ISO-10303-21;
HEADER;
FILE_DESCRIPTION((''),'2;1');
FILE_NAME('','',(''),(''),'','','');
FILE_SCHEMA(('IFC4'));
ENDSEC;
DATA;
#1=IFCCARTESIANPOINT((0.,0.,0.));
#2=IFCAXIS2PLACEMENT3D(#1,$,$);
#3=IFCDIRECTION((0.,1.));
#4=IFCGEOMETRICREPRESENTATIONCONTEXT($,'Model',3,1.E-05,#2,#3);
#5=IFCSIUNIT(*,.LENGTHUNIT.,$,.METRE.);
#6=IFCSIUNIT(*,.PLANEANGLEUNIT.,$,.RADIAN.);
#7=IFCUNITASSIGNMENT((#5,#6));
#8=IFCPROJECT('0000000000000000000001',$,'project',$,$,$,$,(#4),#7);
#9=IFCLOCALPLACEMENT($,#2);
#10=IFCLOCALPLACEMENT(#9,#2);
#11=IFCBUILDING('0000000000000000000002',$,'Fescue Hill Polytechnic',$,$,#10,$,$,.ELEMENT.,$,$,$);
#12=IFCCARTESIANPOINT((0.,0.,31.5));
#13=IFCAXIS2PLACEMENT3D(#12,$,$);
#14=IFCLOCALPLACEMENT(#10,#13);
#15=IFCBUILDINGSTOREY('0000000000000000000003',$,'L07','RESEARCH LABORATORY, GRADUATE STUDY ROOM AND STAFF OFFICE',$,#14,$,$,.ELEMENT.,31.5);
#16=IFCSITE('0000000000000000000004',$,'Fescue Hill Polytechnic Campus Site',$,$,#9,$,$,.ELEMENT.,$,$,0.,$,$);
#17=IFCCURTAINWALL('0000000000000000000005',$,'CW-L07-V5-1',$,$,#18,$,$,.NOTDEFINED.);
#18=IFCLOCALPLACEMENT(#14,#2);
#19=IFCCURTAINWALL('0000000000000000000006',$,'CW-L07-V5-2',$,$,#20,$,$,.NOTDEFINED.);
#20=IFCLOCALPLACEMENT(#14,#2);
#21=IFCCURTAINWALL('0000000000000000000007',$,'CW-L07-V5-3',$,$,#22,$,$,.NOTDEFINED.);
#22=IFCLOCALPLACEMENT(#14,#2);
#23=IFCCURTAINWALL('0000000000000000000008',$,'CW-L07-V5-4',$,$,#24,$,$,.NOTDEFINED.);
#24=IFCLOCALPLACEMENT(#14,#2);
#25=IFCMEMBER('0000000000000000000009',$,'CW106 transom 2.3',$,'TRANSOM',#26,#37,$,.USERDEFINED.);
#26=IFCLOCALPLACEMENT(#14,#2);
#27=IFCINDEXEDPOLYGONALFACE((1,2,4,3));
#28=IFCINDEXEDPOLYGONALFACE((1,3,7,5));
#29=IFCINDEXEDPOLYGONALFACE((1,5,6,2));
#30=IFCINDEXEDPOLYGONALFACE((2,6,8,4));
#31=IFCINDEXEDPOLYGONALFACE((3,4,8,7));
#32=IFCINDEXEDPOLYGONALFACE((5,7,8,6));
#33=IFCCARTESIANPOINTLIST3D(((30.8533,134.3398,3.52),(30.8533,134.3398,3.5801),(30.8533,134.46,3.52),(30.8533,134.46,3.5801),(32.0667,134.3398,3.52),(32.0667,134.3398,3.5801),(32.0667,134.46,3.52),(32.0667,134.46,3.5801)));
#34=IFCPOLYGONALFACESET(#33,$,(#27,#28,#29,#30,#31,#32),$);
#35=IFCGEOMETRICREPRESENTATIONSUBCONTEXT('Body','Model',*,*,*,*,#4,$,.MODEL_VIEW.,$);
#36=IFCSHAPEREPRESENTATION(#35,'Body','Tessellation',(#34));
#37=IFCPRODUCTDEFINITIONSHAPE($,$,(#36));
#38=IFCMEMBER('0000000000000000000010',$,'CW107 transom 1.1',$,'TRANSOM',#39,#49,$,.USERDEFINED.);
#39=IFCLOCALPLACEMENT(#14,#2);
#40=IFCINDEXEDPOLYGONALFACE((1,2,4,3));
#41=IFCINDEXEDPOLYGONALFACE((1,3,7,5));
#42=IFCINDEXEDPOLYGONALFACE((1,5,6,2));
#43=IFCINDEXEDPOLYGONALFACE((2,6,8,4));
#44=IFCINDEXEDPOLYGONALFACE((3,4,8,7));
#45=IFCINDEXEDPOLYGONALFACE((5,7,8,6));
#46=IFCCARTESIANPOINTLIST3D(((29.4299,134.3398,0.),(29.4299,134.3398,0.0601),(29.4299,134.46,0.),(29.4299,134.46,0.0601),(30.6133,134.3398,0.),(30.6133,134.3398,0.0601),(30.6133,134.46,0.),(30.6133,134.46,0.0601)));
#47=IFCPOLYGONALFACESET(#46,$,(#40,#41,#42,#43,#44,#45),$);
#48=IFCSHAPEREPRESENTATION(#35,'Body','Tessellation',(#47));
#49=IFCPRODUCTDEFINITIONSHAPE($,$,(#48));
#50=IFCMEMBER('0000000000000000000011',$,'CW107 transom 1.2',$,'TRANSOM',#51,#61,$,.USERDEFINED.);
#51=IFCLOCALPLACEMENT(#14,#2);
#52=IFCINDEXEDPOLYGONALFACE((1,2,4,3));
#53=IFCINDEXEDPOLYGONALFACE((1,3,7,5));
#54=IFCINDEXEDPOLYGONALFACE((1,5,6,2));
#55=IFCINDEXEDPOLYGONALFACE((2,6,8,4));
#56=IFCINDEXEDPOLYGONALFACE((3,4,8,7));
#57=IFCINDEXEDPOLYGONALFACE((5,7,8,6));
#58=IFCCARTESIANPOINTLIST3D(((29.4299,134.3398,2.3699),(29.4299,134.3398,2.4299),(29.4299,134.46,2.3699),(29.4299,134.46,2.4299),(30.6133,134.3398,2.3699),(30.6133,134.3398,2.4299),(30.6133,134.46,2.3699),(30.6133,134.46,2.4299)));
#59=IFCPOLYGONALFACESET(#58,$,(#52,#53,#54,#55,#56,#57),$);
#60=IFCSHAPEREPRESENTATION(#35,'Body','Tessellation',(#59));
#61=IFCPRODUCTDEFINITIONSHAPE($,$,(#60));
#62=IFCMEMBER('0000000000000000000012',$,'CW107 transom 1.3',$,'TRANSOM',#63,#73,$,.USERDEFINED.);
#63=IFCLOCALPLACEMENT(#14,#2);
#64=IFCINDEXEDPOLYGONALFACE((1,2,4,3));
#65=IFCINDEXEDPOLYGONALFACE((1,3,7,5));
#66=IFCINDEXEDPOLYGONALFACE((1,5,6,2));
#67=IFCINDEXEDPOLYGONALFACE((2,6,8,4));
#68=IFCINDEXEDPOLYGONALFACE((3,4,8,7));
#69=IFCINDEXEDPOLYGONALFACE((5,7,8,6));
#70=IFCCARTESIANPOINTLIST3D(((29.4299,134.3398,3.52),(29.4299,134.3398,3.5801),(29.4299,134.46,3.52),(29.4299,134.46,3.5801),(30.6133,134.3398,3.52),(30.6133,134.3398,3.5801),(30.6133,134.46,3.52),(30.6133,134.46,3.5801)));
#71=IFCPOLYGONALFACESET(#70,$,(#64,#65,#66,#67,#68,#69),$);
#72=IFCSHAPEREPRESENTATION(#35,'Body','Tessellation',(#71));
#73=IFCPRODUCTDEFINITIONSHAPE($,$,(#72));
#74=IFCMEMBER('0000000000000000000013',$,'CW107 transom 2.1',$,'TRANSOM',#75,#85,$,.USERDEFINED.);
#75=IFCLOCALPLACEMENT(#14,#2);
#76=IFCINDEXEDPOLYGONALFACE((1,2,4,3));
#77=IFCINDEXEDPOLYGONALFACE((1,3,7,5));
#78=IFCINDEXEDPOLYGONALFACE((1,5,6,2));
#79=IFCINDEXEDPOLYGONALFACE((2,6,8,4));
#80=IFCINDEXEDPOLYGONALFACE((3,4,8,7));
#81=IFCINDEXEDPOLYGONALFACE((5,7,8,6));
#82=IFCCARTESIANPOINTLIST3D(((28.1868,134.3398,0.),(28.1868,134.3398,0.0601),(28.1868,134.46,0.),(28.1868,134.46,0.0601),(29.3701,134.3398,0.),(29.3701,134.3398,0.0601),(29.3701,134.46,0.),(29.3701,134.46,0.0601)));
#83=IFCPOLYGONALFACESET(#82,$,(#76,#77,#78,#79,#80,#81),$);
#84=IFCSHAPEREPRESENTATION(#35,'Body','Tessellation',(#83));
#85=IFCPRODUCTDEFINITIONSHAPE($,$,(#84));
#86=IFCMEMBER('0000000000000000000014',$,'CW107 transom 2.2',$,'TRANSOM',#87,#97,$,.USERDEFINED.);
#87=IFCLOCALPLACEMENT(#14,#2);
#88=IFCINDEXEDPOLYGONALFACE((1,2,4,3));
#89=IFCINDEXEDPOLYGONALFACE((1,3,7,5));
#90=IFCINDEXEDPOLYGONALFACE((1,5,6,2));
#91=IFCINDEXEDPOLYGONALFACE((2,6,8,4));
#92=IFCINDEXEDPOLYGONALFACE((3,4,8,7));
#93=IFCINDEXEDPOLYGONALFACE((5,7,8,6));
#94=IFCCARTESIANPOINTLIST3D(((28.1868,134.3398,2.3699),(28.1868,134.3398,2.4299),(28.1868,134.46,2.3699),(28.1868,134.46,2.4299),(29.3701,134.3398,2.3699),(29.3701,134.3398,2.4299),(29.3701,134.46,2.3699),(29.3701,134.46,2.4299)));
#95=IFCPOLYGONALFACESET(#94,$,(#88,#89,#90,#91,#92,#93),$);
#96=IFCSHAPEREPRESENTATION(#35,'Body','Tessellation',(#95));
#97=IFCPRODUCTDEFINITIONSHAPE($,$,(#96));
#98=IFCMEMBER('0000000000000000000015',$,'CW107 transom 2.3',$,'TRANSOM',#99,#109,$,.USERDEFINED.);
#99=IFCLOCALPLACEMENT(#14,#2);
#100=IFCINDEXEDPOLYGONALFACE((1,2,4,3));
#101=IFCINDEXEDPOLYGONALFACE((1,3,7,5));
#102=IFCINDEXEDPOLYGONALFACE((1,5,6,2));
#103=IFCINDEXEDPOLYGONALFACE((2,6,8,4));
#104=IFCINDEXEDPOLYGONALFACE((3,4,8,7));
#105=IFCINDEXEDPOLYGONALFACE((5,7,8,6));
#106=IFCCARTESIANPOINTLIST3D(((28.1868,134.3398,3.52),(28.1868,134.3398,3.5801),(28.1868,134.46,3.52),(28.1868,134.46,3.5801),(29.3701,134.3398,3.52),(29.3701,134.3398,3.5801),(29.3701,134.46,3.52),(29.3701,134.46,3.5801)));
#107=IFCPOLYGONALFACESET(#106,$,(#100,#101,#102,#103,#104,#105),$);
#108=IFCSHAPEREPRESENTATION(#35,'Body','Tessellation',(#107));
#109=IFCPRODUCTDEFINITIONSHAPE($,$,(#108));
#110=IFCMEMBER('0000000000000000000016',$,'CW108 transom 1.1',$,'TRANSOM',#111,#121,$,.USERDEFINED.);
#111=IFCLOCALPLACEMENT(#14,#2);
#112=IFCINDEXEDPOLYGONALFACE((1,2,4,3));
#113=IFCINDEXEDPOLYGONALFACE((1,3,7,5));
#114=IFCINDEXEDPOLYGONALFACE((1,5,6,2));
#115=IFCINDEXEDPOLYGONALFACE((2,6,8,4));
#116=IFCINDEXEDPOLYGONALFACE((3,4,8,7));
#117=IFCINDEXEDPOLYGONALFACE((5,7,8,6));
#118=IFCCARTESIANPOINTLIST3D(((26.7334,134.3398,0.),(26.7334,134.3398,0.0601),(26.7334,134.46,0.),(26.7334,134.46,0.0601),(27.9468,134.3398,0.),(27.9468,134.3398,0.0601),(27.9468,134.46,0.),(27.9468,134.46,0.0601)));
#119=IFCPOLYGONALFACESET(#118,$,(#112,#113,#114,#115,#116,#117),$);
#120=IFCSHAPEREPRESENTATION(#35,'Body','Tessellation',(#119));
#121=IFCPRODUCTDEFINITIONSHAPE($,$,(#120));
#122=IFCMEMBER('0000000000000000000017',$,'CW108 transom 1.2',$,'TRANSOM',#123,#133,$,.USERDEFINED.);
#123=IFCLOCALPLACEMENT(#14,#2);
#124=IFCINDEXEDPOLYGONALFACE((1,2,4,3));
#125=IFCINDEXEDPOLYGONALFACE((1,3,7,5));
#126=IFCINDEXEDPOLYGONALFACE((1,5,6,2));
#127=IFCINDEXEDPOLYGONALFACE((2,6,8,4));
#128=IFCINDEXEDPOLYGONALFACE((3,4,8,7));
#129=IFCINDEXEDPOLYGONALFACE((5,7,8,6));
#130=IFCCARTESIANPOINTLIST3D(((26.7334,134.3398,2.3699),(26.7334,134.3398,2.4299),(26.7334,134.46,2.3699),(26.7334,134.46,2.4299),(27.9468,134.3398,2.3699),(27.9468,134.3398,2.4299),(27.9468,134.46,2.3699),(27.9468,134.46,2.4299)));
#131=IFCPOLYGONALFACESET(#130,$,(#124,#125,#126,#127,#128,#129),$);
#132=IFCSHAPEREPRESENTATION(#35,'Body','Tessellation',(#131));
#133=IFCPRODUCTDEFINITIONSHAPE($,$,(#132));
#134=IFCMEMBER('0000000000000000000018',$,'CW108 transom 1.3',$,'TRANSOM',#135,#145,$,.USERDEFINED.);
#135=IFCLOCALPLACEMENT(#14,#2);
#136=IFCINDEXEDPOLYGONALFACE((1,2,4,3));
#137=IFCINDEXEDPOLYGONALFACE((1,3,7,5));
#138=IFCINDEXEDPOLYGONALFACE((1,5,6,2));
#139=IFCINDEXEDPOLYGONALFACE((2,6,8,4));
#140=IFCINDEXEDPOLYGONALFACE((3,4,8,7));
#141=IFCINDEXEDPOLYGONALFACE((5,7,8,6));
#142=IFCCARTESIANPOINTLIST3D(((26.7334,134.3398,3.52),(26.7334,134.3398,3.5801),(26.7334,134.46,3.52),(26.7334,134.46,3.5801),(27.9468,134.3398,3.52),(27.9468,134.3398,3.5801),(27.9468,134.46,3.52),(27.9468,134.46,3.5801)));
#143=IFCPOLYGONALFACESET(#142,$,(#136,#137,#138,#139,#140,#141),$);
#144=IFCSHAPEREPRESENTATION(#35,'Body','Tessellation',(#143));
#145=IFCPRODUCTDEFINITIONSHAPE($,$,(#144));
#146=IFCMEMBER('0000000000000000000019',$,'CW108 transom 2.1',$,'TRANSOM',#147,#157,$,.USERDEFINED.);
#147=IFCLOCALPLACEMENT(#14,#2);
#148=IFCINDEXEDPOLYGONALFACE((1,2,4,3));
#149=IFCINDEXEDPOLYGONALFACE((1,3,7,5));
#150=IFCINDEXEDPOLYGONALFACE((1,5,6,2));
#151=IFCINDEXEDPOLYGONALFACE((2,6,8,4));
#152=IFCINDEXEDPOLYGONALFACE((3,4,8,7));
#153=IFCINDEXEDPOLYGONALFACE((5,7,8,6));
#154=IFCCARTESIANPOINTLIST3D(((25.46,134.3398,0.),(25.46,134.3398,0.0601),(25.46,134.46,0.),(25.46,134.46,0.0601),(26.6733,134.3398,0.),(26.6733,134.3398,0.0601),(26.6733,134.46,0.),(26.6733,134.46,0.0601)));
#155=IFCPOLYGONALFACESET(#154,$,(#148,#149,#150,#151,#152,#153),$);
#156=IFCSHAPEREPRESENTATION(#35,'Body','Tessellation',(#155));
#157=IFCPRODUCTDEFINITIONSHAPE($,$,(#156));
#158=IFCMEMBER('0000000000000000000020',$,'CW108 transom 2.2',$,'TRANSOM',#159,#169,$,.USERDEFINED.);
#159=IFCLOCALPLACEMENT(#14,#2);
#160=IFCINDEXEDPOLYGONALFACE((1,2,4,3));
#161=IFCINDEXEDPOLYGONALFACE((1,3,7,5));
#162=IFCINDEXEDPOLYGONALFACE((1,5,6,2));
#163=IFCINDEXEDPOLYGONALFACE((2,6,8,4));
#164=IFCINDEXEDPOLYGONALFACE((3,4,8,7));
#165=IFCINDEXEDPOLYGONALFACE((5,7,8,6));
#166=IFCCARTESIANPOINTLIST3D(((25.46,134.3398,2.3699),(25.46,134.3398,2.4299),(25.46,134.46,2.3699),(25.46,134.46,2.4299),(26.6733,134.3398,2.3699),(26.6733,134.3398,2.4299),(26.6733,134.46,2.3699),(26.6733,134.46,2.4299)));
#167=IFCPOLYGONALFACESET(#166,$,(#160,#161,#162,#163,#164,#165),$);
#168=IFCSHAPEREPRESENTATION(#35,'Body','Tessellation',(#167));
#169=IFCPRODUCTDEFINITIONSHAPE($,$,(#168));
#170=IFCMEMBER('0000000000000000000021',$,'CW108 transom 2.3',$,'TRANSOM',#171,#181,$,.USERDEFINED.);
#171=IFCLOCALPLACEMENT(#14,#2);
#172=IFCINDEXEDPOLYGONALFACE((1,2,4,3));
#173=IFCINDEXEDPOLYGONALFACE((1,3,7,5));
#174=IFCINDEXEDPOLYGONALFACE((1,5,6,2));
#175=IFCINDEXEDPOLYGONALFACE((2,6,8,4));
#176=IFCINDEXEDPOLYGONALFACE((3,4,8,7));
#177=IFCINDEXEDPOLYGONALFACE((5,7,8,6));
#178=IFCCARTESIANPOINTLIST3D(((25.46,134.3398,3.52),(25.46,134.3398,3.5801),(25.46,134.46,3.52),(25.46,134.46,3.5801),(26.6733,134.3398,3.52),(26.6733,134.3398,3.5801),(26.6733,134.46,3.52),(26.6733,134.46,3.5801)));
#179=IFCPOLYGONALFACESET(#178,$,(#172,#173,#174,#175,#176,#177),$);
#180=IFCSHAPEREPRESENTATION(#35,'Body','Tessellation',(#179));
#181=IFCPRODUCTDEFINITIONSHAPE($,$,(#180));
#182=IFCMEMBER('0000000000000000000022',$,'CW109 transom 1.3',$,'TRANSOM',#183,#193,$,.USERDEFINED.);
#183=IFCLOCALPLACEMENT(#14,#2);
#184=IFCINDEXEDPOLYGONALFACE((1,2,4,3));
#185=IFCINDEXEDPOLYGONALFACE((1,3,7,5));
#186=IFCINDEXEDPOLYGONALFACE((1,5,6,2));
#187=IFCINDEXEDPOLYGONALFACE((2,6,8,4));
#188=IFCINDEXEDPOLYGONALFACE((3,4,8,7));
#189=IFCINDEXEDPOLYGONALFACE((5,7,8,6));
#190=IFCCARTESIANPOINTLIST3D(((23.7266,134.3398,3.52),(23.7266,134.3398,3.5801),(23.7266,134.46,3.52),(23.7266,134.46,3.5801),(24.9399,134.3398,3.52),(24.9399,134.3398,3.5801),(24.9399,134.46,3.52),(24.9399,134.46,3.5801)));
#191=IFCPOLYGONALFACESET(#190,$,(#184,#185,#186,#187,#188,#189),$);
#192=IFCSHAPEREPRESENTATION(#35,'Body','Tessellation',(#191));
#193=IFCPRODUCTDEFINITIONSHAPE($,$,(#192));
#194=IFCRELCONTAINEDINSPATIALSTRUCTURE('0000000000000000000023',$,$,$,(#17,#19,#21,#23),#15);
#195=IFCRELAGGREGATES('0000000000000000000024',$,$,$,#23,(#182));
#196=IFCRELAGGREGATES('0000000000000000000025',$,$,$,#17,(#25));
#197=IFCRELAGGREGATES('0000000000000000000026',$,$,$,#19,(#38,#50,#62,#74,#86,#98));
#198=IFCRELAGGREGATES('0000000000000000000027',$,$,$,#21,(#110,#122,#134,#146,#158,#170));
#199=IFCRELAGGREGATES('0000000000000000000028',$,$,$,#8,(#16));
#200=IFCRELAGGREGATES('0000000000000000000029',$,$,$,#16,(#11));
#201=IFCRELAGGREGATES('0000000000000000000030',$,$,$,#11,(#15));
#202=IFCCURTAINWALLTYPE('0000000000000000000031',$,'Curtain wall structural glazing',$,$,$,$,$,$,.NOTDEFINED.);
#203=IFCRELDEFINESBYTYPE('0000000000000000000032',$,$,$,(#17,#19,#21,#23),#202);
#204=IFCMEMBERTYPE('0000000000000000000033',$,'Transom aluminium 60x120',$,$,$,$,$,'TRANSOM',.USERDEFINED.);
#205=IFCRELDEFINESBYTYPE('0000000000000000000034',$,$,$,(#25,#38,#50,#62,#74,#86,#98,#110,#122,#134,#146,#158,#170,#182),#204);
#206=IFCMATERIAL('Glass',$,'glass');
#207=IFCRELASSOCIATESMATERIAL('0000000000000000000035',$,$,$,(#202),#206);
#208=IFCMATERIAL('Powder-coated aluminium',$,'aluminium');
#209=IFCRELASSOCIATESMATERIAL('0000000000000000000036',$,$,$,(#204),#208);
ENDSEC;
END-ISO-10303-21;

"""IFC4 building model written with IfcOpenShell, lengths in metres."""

from ifc_helpers import new_model, si_unit, direction, frame, origin, origin_2d, place, context, subcontext, project, spatial, rectangle, extrude, material, material_profile, profile_set, type_object, element, aggregate, save


model = new_model("IFC4")

# Units and contexts
model_context = context("Model", 3, precision=1e-05, world=origin(), true_north=direction((0.0, 1.0)))
body_context = subcontext(model_context, "Body", "Model", "MODEL_VIEW")
ifc_project = project(units=[si_unit("LENGTHUNIT", "METRE"), si_unit("PLANEANGLEUNIT", "RADIAN")], contexts=[model_context])

# Site, building, storey
site_placement = place(None, origin())
site = spatial("IfcSite", under=ifc_project, at=site_placement, Name="Fescue Hill Polytechnic Campus Site", CompositionType="ELEMENT", RefElevation=0.0)
building_placement = place(site_placement, origin())
building = spatial("IfcBuilding", under=site, at=building_placement, Name="Fescue Hill Polytechnic", CompositionType="ELEMENT")
storey_placement = place(building_placement, frame((0.0, 0.0, 31.5)))
storey = spatial("IfcBuildingStorey", under=building, at=storey_placement, Name="L07", Description="RESEARCH LABORATORY, GRADUATE STUDY ROOM AND STAFF OFFICE", CompositionType="ELEMENT", Elevation=31.5)

# Curtain walls
ifc_material_1 = material(Name="Glass", Category="glass")
curtain_wall_type = type_object("IfcCurtainWallType", Name="Curtain wall structural glazing", PredefinedType="NOTDEFINED", material=ifc_material_1)
curtain_wall_1_placement = place(storey_placement, origin())
curtain_wall_1 = element("IfcCurtainWall", 1, at=curtain_wall_1_placement, inside=storey, type_object=curtain_wall_type, Name="CW-L07-V5-1", PredefinedType="NOTDEFINED")
ifc_material_2 = material(Name="Powder-coated aluminium", Category="aluminium")
curtain_wall_2_placement = place(storey_placement, origin())
curtain_wall_2 = element("IfcCurtainWall", 2, at=curtain_wall_2_placement, inside=storey, type_object=curtain_wall_type, Name="CW-L07-V5-2", PredefinedType="NOTDEFINED")
curtain_wall_3_placement = place(storey_placement, origin())
curtain_wall_3 = element("IfcCurtainWall", 3, at=curtain_wall_3_placement, inside=storey, type_object=curtain_wall_type, Name="CW-L07-V5-3", PredefinedType="NOTDEFINED")

# Curtain wall
curtain_wall_4_placement = place(storey_placement, origin())
curtain_wall_4 = element("IfcCurtainWall", 4, at=curtain_wall_4_placement, inside=storey, type_object=curtain_wall_type, Name="CW-L07-V5-4", PredefinedType="NOTDEFINED")

# Members
ifc_material_profile_1 = material_profile(ifc_material_2, rectangle(XDim=0.1201, YDim=0.0601, at=origin_2d()), Name="Transom aluminium 60x120")
ifc_profile_set_1 = profile_set([ifc_material_profile_1], Name="Powder-coated aluminium")
member_type_1 = type_object("IfcMemberType", Name="Transom aluminium 60x120", ElementType="TRANSOM", PredefinedType="USERDEFINED", material=ifc_profile_set_1)
member_1_placement = place(storey_placement, frame((32.0667, 134.3999, 3.55), z_axis=(-1.0, 0.0, 0.0), x_axis=(0.0, -1.0, 0.0)))
member_1 = element("IfcMember", 5, at=member_1_placement, type_object=member_type_1, Name="CW106 transom 2.3", ObjectType="TRANSOM", PredefinedType="USERDEFINED", context=body_context, shape_type="SweptSolid", body=[
    extrude(rectangle(XDim=0.1201, YDim=0.0601, at=origin_2d()), origin(), (0.0, 0.0, 1.0), 1.2134),
])
member_2_placement = place(storey_placement, frame((30.6133, 134.3999, 0.03), z_axis=(-1.0, 0.0, 0.0), x_axis=(0.0, -1.0, 0.0)))
member_2 = element("IfcMember", 6, at=member_2_placement, type_object=member_type_1, Name="CW107 transom 1.1", ObjectType="TRANSOM", PredefinedType="USERDEFINED", context=body_context, shape_type="SweptSolid", body=[
    extrude(rectangle(XDim=0.1201, YDim=0.0601, at=origin_2d()), origin(), (0.0, 0.0, 1.0), 1.1833),
])
member_3_placement = place(storey_placement, frame((30.6133, 134.3999, 2.3999), z_axis=(-1.0, 0.0, 0.0), x_axis=(0.0, -1.0, 0.0)))
member_3 = element("IfcMember", 7, at=member_3_placement, type_object=member_type_1, Name="CW107 transom 1.2", ObjectType="TRANSOM", PredefinedType="USERDEFINED", context=body_context, shape_type="SweptSolid", body=[
    extrude(rectangle(XDim=0.1201, YDim=0.0601, at=origin_2d()), origin(), (0.0, 0.0, 1.0), 1.1833),
])
member_4_placement = place(storey_placement, frame((30.6133, 134.3999, 3.55), z_axis=(-1.0, 0.0, 0.0), x_axis=(0.0, -1.0, 0.0)))
member_4 = element("IfcMember", 8, at=member_4_placement, type_object=member_type_1, Name="CW107 transom 1.3", ObjectType="TRANSOM", PredefinedType="USERDEFINED", context=body_context, shape_type="SweptSolid", body=[
    extrude(rectangle(XDim=0.1201, YDim=0.0601, at=origin_2d()), origin(), (0.0, 0.0, 1.0), 1.1833),
])
member_5_placement = place(storey_placement, frame((29.3701, 134.3999, 0.03), z_axis=(-1.0, 0.0, 0.0), x_axis=(0.0, -1.0, 0.0)))
member_5 = element("IfcMember", 9, at=member_5_placement, type_object=member_type_1, Name="CW107 transom 2.1", ObjectType="TRANSOM", PredefinedType="USERDEFINED", context=body_context, shape_type="SweptSolid", body=[
    extrude(rectangle(XDim=0.1201, YDim=0.0601, at=origin_2d()), origin(), (0.0, 0.0, 1.0), 1.1833),
])
member_6_placement = place(storey_placement, frame((29.3701, 134.3999, 2.3999), z_axis=(-1.0, 0.0, 0.0), x_axis=(0.0, -1.0, 0.0)))
member_6 = element("IfcMember", 10, at=member_6_placement, type_object=member_type_1, Name="CW107 transom 2.2", ObjectType="TRANSOM", PredefinedType="USERDEFINED", context=body_context, shape_type="SweptSolid", body=[
    extrude(rectangle(XDim=0.1201, YDim=0.0601, at=origin_2d()), origin(), (0.0, 0.0, 1.0), 1.1833),
])
member_7_placement = place(storey_placement, frame((29.3701, 134.3999, 3.55), z_axis=(-1.0, 0.0, 0.0), x_axis=(0.0, -1.0, 0.0)))
member_7 = element("IfcMember", 11, at=member_7_placement, type_object=member_type_1, Name="CW107 transom 2.3", ObjectType="TRANSOM", PredefinedType="USERDEFINED", context=body_context, shape_type="SweptSolid", body=[
    extrude(rectangle(XDim=0.1201, YDim=0.0601, at=origin_2d()), origin(), (0.0, 0.0, 1.0), 1.1833),
])
member_8_placement = place(storey_placement, frame((27.9468, 134.3999, 0.03), z_axis=(-1.0, 0.0, 0.0), x_axis=(0.0, -1.0, 0.0)))
member_8 = element("IfcMember", 12, at=member_8_placement, type_object=member_type_1, Name="CW108 transom 1.1", ObjectType="TRANSOM", PredefinedType="USERDEFINED", context=body_context, shape_type="SweptSolid", body=[
    extrude(rectangle(XDim=0.1201, YDim=0.0601, at=origin_2d()), origin(), (0.0, 0.0, 1.0), 1.2134),
])
member_9_placement = place(storey_placement, frame((27.9468, 134.3999, 2.3999), z_axis=(-1.0, 0.0, 0.0), x_axis=(0.0, -1.0, 0.0)))
member_9 = element("IfcMember", 13, at=member_9_placement, type_object=member_type_1, Name="CW108 transom 1.2", ObjectType="TRANSOM", PredefinedType="USERDEFINED", context=body_context, shape_type="SweptSolid", body=[
    extrude(rectangle(XDim=0.1201, YDim=0.0601, at=origin_2d()), origin(), (0.0, 0.0, 1.0), 1.2134),
])
member_10_placement = place(storey_placement, frame((27.9468, 134.3999, 3.55), z_axis=(-1.0, 0.0, 0.0), x_axis=(0.0, -1.0, 0.0)))
member_10 = element("IfcMember", 14, at=member_10_placement, type_object=member_type_1, Name="CW108 transom 1.3", ObjectType="TRANSOM", PredefinedType="USERDEFINED", context=body_context, shape_type="SweptSolid", body=[
    extrude(rectangle(XDim=0.1201, YDim=0.0601, at=origin_2d()), origin(), (0.0, 0.0, 1.0), 1.2134),
])
member_11_placement = place(storey_placement, frame((26.6733, 134.3999, 0.03), z_axis=(-1.0, 0.0, 0.0), x_axis=(0.0, -1.0, 0.0)))
member_11 = element("IfcMember", 15, at=member_11_placement, type_object=member_type_1, Name="CW108 transom 2.1", ObjectType="TRANSOM", PredefinedType="USERDEFINED", context=body_context, shape_type="SweptSolid", body=[
    extrude(rectangle(XDim=0.1201, YDim=0.0601, at=origin_2d()), origin(), (0.0, 0.0, 1.0), 1.2134),
])
member_12_placement = place(storey_placement, frame((26.6733, 134.3999, 2.3999), z_axis=(-1.0, 0.0, 0.0), x_axis=(0.0, -1.0, 0.0)))
member_12 = element("IfcMember", 16, at=member_12_placement, type_object=member_type_1, Name="CW108 transom 2.2", ObjectType="TRANSOM", PredefinedType="USERDEFINED", context=body_context, shape_type="SweptSolid", body=[
    extrude(rectangle(XDim=0.1201, YDim=0.0601, at=origin_2d()), origin(), (0.0, 0.0, 1.0), 1.2134),
])
member_13_placement = place(storey_placement, frame((26.6733, 134.3999, 3.55), z_axis=(-1.0, 0.0, 0.0), x_axis=(0.0, -1.0, 0.0)))
member_13 = element("IfcMember", 17, at=member_13_placement, type_object=member_type_1, Name="CW108 transom 2.3", ObjectType="TRANSOM", PredefinedType="USERDEFINED", context=body_context, shape_type="SweptSolid", body=[
    extrude(rectangle(XDim=0.1201, YDim=0.0601, at=origin_2d()), origin(), (0.0, 0.0, 1.0), 1.2134),
])
member_14_placement = place(storey_placement, frame((24.9399, 134.3999, 3.55), z_axis=(-1.0, 0.0, 0.0), x_axis=(0.0, -1.0, 0.0)))
member_14 = element("IfcMember", 18, at=member_14_placement, type_object=member_type_1, Name="CW109 transom 1.3", ObjectType="TRANSOM", PredefinedType="USERDEFINED", context=body_context, shape_type="SweptSolid", body=[
    extrude(rectangle(XDim=0.1201, YDim=0.0601, at=origin_2d()), origin(), (0.0, 0.0, 1.0), 1.2134),
])
aggregate(curtain_wall_4, [member_14])

aggregate(curtain_wall_1, [member_1])
aggregate(curtain_wall_2, [member_2, member_3, member_4, member_5, member_6, member_7])
aggregate(curtain_wall_3, [member_8, member_9, member_10, member_11, member_12, member_13])

save(model, "model.ifc")
